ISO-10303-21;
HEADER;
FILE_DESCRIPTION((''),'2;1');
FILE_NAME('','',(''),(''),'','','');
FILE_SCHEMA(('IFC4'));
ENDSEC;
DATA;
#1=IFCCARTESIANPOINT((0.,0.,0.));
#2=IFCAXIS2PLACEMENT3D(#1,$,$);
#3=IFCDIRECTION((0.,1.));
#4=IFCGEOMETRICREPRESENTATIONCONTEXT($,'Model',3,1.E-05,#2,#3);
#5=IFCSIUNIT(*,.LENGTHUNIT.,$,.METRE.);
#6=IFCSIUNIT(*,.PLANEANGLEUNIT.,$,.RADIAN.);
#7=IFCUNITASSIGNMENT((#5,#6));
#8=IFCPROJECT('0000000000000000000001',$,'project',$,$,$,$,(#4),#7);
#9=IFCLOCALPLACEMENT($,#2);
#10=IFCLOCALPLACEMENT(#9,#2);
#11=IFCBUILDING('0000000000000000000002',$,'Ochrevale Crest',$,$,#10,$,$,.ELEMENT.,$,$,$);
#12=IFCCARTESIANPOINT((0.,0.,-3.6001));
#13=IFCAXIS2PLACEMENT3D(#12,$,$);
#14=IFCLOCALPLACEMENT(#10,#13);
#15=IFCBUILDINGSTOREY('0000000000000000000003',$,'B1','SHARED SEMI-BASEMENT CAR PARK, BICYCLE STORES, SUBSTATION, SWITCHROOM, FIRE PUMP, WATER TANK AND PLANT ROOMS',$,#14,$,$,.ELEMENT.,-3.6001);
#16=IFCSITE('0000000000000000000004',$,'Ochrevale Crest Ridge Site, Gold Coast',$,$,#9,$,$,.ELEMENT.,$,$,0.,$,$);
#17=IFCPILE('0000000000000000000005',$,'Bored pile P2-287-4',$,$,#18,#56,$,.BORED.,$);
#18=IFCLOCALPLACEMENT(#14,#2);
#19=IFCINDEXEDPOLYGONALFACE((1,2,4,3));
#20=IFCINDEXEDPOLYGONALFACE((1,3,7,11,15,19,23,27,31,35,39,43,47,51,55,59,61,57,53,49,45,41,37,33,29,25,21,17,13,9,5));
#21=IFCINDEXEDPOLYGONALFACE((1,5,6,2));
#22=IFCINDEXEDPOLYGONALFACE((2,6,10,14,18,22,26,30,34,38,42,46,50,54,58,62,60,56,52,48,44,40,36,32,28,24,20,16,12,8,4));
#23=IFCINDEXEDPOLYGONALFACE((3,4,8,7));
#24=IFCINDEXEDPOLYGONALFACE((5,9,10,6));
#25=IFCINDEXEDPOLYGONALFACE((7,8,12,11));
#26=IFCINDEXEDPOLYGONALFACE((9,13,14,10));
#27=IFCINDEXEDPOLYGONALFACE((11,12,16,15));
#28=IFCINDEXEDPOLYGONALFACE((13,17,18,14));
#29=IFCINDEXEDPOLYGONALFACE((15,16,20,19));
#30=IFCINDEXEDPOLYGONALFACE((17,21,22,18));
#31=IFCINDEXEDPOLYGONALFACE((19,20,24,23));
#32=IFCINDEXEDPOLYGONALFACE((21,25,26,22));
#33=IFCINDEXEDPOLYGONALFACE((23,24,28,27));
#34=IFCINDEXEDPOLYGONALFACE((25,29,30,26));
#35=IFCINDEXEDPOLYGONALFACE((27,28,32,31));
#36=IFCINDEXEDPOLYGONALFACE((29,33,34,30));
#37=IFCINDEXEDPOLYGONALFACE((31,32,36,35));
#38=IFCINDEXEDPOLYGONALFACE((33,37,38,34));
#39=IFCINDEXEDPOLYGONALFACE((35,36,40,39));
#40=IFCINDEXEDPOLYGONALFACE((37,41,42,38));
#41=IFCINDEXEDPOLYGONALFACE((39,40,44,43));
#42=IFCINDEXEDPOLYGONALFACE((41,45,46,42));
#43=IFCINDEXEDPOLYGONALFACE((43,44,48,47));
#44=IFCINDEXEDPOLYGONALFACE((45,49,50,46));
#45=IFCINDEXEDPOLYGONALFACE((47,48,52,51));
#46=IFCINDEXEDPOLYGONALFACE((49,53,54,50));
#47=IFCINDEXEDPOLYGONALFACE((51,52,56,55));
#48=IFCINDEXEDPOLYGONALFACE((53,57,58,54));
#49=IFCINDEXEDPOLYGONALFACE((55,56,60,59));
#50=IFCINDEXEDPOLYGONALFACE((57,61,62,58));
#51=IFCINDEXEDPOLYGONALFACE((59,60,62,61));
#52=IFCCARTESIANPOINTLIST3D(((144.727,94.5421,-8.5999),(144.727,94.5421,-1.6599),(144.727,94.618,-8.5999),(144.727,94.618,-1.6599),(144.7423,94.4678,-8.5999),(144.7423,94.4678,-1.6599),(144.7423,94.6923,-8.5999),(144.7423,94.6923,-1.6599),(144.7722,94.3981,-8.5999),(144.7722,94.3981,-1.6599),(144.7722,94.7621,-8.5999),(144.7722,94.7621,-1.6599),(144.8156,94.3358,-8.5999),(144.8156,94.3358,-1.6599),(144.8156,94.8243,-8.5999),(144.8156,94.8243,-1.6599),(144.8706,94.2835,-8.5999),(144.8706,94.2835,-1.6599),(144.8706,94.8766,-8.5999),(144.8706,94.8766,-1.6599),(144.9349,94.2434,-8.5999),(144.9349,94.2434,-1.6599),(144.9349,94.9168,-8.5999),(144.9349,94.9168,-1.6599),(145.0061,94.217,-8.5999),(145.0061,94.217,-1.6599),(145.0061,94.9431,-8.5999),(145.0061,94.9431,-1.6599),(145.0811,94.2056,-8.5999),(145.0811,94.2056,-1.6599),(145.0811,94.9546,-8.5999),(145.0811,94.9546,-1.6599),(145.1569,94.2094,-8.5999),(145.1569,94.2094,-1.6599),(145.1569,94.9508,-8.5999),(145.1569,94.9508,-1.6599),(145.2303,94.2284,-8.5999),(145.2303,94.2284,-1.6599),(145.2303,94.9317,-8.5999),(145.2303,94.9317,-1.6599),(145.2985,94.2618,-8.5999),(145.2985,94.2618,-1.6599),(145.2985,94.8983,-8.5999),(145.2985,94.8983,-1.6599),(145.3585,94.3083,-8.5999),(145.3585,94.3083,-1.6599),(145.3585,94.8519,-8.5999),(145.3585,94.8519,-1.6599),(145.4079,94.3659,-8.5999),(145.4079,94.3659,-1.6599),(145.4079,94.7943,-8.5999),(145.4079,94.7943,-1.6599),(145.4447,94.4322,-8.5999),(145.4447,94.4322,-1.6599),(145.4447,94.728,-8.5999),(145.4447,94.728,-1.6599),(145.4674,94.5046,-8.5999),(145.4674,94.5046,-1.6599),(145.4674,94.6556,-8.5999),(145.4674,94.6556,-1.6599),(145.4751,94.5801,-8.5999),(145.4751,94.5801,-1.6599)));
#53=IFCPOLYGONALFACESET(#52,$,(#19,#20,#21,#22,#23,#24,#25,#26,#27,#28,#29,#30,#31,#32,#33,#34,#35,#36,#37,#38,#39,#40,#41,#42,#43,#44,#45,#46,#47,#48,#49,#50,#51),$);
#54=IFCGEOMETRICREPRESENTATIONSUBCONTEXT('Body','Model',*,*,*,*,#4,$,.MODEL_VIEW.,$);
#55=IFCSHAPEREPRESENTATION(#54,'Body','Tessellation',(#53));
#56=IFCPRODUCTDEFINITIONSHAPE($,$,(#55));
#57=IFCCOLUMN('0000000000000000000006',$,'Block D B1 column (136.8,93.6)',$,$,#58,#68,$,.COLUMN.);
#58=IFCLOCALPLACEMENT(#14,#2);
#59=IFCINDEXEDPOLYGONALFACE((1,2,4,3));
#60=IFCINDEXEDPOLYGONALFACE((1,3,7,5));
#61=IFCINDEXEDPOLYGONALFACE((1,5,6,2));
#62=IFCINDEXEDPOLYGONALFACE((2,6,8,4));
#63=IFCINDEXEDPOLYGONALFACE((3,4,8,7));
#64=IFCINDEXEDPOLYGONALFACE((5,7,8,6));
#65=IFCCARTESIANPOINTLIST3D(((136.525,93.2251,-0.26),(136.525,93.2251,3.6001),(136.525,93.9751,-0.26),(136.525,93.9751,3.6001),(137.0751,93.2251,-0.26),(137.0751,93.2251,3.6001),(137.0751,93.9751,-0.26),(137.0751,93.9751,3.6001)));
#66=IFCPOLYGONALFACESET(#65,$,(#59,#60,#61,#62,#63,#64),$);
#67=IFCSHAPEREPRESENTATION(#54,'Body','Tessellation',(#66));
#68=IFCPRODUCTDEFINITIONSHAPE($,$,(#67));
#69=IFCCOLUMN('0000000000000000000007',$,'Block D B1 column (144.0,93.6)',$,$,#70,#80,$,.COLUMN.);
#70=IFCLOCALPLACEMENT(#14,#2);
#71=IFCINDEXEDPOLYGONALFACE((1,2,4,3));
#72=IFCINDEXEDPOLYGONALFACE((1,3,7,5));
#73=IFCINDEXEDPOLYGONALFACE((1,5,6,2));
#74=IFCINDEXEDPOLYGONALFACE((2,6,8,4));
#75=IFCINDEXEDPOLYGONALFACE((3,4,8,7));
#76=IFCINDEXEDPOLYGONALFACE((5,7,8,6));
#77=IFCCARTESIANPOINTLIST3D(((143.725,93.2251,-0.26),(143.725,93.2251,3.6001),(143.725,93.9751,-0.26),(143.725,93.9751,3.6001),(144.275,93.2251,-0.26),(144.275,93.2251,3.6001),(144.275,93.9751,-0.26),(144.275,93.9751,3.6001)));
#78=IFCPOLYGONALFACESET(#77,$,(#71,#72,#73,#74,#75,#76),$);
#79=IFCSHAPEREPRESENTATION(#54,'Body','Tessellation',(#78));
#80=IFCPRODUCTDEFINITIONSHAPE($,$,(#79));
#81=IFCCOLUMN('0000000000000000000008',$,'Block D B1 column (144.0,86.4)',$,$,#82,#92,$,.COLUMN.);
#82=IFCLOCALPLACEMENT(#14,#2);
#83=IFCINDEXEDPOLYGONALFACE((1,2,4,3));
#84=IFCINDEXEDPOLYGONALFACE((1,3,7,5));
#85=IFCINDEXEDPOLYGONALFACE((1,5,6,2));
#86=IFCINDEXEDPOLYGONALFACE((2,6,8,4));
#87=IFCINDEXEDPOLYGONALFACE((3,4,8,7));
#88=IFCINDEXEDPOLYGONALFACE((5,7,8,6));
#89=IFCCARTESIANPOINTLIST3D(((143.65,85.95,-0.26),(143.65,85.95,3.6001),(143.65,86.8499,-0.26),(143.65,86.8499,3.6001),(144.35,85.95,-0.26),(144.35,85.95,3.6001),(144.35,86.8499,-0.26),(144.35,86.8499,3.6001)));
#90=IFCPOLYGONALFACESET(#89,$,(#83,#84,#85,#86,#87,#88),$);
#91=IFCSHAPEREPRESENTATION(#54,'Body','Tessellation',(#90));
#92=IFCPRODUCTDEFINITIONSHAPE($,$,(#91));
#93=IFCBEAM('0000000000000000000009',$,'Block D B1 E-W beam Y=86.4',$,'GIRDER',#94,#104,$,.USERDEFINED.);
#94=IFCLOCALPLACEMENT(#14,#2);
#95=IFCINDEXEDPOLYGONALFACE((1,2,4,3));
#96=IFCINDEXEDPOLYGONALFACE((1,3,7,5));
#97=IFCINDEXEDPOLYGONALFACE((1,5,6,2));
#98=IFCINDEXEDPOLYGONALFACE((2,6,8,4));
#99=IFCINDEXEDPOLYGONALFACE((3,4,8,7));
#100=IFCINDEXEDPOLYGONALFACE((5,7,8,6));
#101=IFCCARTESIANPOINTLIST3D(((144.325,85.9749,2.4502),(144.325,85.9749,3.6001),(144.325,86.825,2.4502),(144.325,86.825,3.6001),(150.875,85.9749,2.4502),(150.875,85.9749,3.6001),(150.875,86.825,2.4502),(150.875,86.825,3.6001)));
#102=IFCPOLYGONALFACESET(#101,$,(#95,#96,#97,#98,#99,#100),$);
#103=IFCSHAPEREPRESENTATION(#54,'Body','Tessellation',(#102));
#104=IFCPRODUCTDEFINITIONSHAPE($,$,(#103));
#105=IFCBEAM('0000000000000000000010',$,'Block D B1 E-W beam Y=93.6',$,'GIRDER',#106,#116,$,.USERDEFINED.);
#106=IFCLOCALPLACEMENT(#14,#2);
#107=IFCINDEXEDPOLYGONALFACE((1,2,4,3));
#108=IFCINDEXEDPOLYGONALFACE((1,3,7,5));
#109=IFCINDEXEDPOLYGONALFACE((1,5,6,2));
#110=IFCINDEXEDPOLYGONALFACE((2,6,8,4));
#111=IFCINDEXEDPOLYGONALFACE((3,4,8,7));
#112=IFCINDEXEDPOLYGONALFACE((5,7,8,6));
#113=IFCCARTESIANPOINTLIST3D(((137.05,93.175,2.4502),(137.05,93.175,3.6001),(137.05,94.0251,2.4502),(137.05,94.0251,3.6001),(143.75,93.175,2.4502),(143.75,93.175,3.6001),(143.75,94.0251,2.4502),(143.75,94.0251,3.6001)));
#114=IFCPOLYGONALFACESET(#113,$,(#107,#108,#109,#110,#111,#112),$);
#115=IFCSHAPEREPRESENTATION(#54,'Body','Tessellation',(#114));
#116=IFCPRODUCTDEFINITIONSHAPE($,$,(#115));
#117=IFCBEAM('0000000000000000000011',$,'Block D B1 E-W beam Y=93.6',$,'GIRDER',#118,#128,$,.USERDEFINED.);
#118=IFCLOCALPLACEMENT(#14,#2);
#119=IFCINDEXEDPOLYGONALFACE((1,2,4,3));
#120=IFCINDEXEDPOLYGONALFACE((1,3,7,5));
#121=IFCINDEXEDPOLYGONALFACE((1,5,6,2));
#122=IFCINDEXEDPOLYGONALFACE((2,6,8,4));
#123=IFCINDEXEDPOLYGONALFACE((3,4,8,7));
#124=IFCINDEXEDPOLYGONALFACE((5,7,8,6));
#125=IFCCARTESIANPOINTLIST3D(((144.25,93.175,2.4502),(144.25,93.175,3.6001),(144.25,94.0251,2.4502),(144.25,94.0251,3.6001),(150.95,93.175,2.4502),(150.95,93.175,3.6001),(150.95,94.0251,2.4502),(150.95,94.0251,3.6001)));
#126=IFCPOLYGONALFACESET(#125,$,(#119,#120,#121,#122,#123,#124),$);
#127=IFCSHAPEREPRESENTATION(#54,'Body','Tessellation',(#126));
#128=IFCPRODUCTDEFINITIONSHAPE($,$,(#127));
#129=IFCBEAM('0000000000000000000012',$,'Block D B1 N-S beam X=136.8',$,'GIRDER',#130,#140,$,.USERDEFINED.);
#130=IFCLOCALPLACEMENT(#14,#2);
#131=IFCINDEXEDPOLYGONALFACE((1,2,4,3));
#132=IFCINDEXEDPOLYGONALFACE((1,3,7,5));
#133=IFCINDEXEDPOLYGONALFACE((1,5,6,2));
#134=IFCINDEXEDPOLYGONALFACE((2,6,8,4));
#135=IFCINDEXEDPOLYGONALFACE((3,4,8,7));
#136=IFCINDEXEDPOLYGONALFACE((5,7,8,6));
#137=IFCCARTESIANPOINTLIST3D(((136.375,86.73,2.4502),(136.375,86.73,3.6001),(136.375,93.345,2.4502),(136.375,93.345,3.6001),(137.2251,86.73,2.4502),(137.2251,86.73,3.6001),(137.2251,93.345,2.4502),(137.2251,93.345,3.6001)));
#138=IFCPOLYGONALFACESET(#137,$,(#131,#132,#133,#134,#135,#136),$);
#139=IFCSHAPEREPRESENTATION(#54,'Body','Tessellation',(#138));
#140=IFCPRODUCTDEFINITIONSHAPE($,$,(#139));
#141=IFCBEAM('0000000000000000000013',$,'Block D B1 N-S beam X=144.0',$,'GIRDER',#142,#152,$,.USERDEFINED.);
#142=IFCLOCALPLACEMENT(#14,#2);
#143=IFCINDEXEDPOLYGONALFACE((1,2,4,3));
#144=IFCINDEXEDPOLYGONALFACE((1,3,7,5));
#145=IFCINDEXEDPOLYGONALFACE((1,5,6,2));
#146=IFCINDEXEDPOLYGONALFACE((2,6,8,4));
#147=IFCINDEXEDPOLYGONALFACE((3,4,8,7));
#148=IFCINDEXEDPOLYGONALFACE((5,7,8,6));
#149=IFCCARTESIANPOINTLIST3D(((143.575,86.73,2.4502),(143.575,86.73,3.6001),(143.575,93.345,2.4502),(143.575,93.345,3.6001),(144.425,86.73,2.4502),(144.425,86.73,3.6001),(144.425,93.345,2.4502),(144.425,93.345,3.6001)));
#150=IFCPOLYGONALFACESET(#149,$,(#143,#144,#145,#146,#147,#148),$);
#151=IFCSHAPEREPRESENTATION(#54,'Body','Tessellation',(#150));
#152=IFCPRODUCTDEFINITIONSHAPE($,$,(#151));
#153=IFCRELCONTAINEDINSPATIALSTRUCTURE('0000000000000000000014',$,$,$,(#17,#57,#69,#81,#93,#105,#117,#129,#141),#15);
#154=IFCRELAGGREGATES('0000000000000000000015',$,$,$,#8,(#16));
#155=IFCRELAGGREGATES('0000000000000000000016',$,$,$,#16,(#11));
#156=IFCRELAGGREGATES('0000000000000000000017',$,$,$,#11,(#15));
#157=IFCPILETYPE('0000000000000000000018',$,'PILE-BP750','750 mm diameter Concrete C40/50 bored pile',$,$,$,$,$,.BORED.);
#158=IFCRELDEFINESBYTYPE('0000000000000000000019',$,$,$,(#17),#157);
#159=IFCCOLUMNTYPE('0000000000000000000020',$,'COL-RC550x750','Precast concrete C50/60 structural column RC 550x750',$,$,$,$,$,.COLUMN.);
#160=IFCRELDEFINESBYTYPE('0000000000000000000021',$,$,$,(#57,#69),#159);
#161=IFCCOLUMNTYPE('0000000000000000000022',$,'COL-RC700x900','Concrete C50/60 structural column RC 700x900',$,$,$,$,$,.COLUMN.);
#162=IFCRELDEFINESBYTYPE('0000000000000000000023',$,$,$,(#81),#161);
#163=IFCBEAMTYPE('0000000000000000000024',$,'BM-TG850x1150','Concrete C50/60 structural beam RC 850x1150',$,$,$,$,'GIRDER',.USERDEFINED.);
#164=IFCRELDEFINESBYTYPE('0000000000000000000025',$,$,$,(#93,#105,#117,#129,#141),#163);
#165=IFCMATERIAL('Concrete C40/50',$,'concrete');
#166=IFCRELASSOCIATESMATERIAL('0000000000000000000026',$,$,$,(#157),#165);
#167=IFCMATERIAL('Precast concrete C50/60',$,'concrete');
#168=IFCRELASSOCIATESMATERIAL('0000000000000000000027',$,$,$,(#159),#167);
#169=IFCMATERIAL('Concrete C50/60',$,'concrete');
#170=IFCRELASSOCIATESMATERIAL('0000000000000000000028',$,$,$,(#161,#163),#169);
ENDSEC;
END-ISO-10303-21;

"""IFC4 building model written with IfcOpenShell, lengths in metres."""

from ifc_helpers import new_model, si_unit, direction, frame, origin, origin_2d, place, context, subcontext, project, spatial, rectangle, circle, extrude, material, material_profile, profile_set, type_object, element, save


model = new_model("IFC4")

# Units and contexts
model_context = context("Model", 3, precision=1e-05, world=origin(), true_north=direction((0.0, 1.0)))
body_context = subcontext(model_context, "Body", "Model", "MODEL_VIEW")
ifc_project = project(units=[si_unit("LENGTHUNIT", "METRE"), si_unit("PLANEANGLEUNIT", "RADIAN")], contexts=[model_context])

# Site, building, storey
site_placement = place(None, origin())
site = spatial("IfcSite", under=ifc_project, at=site_placement, Name="Ochrevale Crest Ridge Site, Gold Coast", CompositionType="ELEMENT", RefElevation=0.0)
building_placement = place(site_placement, origin())
building = spatial("IfcBuilding", under=site, at=building_placement, Name="Ochrevale Crest", CompositionType="ELEMENT")
storey_placement = place(building_placement, frame((0.0, 0.0, -3.6001)))
storey = spatial("IfcBuildingStorey", under=building, at=storey_placement, Name="B1", Description="SHARED SEMI-BASEMENT CAR PARK, BICYCLE STORES, SUBSTATION, SWITCHROOM, FIRE PUMP, WATER TANK AND PLANT ROOMS", CompositionType="ELEMENT", Elevation=-3.6001)

# Shared definitions
ifc_material_1 = material(Name="Concrete C40/50", Category="concrete")

# Pile
ifc_material_profile_1 = material_profile(ifc_material_1, circle(Radius=0.375, at=origin_2d()), Name="BORED PILE 750")
ifc_profile_set_1 = profile_set([ifc_material_profile_1], Name="Concrete C40/50")
pile_type_1 = type_object("IfcPileType", Name="PILE-BP750", Description="750 mm diameter Concrete C40/50 bored pile", PredefinedType="BORED", material=ifc_profile_set_1)
for number, where, z_axis, x_axis, name in (
    (1, (145.1001, 94.5801, -1.6599), (0.0, 0.0, -1.0), (1.0, 0.0, 0.0), "Bored pile P2-287-4"),
):
    element("IfcPile", number, at=place(storey_placement, frame(where, z_axis=z_axis, x_axis=x_axis)), inside=storey, type_object=pile_type_1, Name=name, PredefinedType="BORED", context=body_context, shape_type="SweptSolid", body=[
        extrude(circle(Radius=0.375, at=origin_2d()), origin(), (0.0, 0.0, 1.0), 6.9399),
    ])

# Columns
ifc_material_2 = material(Name="Precast concrete C50/60", Category="concrete")
ifc_material_profile_2 = material_profile(ifc_material_2, rectangle(XDim=0.55, YDim=0.75, at=origin_2d()), Name="RC 550x750")
ifc_profile_set_2 = profile_set([ifc_material_profile_2], Name="Precast concrete C50/60")
column_type_1 = type_object("IfcColumnType", Name="COL-RC550x750", Description="Precast concrete C50/60 structural column RC 550x750", PredefinedType="COLUMN", material=ifc_profile_set_2)
for number, where, z_axis, x_axis, name in (
    (2, (136.8, 93.6001, -0.26), (0.0, 0.0, 1.0), (1.0, 0.0, 0.0), "Block D B1 column (136.8,93.6)"),
    (3, (144.0, 93.6001, -0.26), (0.0, 0.0, 1.0), (1.0, 0.0, 0.0), "Block D B1 column (144.0,93.6)"),
):
    element("IfcColumn", number, at=place(storey_placement, frame(where, z_axis=z_axis, x_axis=x_axis)), inside=storey, type_object=column_type_1, Name=name, PredefinedType="COLUMN", context=body_context, shape_type="SweptSolid", body=[
        extrude(rectangle(XDim=0.55, YDim=0.75, at=origin_2d()), origin(), (0.0, 0.0, 1.0), 3.8601),
    ])
ifc_material_3 = material(Name="Concrete C50/60", Category="concrete")
ifc_material_profile_3 = material_profile(ifc_material_3, rectangle(XDim=0.7, YDim=0.8999, at=origin_2d()), Name="RC 700x900")
ifc_profile_set_3 = profile_set([ifc_material_profile_3], Name="Concrete C50/60")
column_type_2 = type_object("IfcColumnType", Name="COL-RC700x900", Description="Concrete C50/60 structural column RC 700x900", PredefinedType="COLUMN", material=ifc_profile_set_3)
column_placement = place(storey_placement, frame((144.0, 86.3999, -0.26), z_axis=(0.0, 0.0, 1.0), x_axis=(1.0, 0.0, 0.0)))
element("IfcColumn", 4, at=column_placement, inside=storey, type_object=column_type_2, Name="Block D B1 column (144.0,86.4)", PredefinedType="COLUMN", context=body_context, shape_type="SweptSolid", body=[
    extrude(rectangle(XDim=0.7, YDim=0.8999, at=origin_2d()), origin(), (0.0, 0.0, 1.0), 3.8601),
])

# Beams
ifc_material_profile_4 = material_profile(ifc_material_3, rectangle(XDim=0.8501, YDim=1.1499, at=origin_2d()), Name="RC 850x1150")
ifc_profile_set_4 = profile_set([ifc_material_profile_4], Name="Concrete C50/60")
beam_type_1 = type_object("IfcBeamType", Name="BM-TG850x1150", Description="Concrete C50/60 structural beam RC 850x1150", ElementType="GIRDER", PredefinedType="USERDEFINED", material=ifc_profile_set_4)
beam_1_placement = place(storey_placement, frame((144.325, 86.3999, 3.0251), z_axis=(1.0, 0.0, 0.0), x_axis=(0.0, 1.0, 0.0)))
element("IfcBeam", 5, at=beam_1_placement, inside=storey, type_object=beam_type_1, Name="Block D B1 E-W beam Y=86.4", ObjectType="GIRDER", PredefinedType="USERDEFINED", context=body_context, shape_type="SweptSolid", body=[
    extrude(rectangle(XDim=0.8501, YDim=1.1499, at=origin_2d()), origin(), (0.0, 0.0, 1.0), 6.55),
])
for number, where, z_axis, x_axis, name in (
    (6, (137.05, 93.6001, 3.0251), (1.0, 0.0, 0.0), (0.0, 1.0, 0.0), "Block D B1 E-W beam Y=93.6"),
    (7, (144.25, 93.6001, 3.0251), (1.0, 0.0, 0.0), (0.0, 1.0, 0.0), "Block D B1 E-W beam Y=93.6"),
):
    element("IfcBeam", number, at=place(storey_placement, frame(where, z_axis=z_axis, x_axis=x_axis)), inside=storey, type_object=beam_type_1, Name=name, ObjectType="GIRDER", PredefinedType="USERDEFINED", context=body_context, shape_type="SweptSolid", body=[
        extrude(rectangle(XDim=0.8501, YDim=1.1499, at=origin_2d()), origin(), (0.0, 0.0, 1.0), 6.7),
    ])
for number, where, z_axis, x_axis, name in (
    (8, (136.8, 86.73, 3.0251), (0.0, 1.0, 0.0), (-1.0, 0.0, 0.0), "Block D B1 N-S beam X=136.8"),
    (9, (144.0, 86.73, 3.0251), (0.0, 1.0, 0.0), (-1.0, 0.0, 0.0), "Block D B1 N-S beam X=144.0"),
):
    element("IfcBeam", number, at=place(storey_placement, frame(where, z_axis=z_axis, x_axis=x_axis)), inside=storey, type_object=beam_type_1, Name=name, ObjectType="GIRDER", PredefinedType="USERDEFINED", context=body_context, shape_type="SweptSolid", body=[
        extrude(rectangle(XDim=0.8501, YDim=1.1499, at=origin_2d()), origin(), (0.0, 0.0, 1.0), 6.615),
    ])

save(model, "model.ifc")
